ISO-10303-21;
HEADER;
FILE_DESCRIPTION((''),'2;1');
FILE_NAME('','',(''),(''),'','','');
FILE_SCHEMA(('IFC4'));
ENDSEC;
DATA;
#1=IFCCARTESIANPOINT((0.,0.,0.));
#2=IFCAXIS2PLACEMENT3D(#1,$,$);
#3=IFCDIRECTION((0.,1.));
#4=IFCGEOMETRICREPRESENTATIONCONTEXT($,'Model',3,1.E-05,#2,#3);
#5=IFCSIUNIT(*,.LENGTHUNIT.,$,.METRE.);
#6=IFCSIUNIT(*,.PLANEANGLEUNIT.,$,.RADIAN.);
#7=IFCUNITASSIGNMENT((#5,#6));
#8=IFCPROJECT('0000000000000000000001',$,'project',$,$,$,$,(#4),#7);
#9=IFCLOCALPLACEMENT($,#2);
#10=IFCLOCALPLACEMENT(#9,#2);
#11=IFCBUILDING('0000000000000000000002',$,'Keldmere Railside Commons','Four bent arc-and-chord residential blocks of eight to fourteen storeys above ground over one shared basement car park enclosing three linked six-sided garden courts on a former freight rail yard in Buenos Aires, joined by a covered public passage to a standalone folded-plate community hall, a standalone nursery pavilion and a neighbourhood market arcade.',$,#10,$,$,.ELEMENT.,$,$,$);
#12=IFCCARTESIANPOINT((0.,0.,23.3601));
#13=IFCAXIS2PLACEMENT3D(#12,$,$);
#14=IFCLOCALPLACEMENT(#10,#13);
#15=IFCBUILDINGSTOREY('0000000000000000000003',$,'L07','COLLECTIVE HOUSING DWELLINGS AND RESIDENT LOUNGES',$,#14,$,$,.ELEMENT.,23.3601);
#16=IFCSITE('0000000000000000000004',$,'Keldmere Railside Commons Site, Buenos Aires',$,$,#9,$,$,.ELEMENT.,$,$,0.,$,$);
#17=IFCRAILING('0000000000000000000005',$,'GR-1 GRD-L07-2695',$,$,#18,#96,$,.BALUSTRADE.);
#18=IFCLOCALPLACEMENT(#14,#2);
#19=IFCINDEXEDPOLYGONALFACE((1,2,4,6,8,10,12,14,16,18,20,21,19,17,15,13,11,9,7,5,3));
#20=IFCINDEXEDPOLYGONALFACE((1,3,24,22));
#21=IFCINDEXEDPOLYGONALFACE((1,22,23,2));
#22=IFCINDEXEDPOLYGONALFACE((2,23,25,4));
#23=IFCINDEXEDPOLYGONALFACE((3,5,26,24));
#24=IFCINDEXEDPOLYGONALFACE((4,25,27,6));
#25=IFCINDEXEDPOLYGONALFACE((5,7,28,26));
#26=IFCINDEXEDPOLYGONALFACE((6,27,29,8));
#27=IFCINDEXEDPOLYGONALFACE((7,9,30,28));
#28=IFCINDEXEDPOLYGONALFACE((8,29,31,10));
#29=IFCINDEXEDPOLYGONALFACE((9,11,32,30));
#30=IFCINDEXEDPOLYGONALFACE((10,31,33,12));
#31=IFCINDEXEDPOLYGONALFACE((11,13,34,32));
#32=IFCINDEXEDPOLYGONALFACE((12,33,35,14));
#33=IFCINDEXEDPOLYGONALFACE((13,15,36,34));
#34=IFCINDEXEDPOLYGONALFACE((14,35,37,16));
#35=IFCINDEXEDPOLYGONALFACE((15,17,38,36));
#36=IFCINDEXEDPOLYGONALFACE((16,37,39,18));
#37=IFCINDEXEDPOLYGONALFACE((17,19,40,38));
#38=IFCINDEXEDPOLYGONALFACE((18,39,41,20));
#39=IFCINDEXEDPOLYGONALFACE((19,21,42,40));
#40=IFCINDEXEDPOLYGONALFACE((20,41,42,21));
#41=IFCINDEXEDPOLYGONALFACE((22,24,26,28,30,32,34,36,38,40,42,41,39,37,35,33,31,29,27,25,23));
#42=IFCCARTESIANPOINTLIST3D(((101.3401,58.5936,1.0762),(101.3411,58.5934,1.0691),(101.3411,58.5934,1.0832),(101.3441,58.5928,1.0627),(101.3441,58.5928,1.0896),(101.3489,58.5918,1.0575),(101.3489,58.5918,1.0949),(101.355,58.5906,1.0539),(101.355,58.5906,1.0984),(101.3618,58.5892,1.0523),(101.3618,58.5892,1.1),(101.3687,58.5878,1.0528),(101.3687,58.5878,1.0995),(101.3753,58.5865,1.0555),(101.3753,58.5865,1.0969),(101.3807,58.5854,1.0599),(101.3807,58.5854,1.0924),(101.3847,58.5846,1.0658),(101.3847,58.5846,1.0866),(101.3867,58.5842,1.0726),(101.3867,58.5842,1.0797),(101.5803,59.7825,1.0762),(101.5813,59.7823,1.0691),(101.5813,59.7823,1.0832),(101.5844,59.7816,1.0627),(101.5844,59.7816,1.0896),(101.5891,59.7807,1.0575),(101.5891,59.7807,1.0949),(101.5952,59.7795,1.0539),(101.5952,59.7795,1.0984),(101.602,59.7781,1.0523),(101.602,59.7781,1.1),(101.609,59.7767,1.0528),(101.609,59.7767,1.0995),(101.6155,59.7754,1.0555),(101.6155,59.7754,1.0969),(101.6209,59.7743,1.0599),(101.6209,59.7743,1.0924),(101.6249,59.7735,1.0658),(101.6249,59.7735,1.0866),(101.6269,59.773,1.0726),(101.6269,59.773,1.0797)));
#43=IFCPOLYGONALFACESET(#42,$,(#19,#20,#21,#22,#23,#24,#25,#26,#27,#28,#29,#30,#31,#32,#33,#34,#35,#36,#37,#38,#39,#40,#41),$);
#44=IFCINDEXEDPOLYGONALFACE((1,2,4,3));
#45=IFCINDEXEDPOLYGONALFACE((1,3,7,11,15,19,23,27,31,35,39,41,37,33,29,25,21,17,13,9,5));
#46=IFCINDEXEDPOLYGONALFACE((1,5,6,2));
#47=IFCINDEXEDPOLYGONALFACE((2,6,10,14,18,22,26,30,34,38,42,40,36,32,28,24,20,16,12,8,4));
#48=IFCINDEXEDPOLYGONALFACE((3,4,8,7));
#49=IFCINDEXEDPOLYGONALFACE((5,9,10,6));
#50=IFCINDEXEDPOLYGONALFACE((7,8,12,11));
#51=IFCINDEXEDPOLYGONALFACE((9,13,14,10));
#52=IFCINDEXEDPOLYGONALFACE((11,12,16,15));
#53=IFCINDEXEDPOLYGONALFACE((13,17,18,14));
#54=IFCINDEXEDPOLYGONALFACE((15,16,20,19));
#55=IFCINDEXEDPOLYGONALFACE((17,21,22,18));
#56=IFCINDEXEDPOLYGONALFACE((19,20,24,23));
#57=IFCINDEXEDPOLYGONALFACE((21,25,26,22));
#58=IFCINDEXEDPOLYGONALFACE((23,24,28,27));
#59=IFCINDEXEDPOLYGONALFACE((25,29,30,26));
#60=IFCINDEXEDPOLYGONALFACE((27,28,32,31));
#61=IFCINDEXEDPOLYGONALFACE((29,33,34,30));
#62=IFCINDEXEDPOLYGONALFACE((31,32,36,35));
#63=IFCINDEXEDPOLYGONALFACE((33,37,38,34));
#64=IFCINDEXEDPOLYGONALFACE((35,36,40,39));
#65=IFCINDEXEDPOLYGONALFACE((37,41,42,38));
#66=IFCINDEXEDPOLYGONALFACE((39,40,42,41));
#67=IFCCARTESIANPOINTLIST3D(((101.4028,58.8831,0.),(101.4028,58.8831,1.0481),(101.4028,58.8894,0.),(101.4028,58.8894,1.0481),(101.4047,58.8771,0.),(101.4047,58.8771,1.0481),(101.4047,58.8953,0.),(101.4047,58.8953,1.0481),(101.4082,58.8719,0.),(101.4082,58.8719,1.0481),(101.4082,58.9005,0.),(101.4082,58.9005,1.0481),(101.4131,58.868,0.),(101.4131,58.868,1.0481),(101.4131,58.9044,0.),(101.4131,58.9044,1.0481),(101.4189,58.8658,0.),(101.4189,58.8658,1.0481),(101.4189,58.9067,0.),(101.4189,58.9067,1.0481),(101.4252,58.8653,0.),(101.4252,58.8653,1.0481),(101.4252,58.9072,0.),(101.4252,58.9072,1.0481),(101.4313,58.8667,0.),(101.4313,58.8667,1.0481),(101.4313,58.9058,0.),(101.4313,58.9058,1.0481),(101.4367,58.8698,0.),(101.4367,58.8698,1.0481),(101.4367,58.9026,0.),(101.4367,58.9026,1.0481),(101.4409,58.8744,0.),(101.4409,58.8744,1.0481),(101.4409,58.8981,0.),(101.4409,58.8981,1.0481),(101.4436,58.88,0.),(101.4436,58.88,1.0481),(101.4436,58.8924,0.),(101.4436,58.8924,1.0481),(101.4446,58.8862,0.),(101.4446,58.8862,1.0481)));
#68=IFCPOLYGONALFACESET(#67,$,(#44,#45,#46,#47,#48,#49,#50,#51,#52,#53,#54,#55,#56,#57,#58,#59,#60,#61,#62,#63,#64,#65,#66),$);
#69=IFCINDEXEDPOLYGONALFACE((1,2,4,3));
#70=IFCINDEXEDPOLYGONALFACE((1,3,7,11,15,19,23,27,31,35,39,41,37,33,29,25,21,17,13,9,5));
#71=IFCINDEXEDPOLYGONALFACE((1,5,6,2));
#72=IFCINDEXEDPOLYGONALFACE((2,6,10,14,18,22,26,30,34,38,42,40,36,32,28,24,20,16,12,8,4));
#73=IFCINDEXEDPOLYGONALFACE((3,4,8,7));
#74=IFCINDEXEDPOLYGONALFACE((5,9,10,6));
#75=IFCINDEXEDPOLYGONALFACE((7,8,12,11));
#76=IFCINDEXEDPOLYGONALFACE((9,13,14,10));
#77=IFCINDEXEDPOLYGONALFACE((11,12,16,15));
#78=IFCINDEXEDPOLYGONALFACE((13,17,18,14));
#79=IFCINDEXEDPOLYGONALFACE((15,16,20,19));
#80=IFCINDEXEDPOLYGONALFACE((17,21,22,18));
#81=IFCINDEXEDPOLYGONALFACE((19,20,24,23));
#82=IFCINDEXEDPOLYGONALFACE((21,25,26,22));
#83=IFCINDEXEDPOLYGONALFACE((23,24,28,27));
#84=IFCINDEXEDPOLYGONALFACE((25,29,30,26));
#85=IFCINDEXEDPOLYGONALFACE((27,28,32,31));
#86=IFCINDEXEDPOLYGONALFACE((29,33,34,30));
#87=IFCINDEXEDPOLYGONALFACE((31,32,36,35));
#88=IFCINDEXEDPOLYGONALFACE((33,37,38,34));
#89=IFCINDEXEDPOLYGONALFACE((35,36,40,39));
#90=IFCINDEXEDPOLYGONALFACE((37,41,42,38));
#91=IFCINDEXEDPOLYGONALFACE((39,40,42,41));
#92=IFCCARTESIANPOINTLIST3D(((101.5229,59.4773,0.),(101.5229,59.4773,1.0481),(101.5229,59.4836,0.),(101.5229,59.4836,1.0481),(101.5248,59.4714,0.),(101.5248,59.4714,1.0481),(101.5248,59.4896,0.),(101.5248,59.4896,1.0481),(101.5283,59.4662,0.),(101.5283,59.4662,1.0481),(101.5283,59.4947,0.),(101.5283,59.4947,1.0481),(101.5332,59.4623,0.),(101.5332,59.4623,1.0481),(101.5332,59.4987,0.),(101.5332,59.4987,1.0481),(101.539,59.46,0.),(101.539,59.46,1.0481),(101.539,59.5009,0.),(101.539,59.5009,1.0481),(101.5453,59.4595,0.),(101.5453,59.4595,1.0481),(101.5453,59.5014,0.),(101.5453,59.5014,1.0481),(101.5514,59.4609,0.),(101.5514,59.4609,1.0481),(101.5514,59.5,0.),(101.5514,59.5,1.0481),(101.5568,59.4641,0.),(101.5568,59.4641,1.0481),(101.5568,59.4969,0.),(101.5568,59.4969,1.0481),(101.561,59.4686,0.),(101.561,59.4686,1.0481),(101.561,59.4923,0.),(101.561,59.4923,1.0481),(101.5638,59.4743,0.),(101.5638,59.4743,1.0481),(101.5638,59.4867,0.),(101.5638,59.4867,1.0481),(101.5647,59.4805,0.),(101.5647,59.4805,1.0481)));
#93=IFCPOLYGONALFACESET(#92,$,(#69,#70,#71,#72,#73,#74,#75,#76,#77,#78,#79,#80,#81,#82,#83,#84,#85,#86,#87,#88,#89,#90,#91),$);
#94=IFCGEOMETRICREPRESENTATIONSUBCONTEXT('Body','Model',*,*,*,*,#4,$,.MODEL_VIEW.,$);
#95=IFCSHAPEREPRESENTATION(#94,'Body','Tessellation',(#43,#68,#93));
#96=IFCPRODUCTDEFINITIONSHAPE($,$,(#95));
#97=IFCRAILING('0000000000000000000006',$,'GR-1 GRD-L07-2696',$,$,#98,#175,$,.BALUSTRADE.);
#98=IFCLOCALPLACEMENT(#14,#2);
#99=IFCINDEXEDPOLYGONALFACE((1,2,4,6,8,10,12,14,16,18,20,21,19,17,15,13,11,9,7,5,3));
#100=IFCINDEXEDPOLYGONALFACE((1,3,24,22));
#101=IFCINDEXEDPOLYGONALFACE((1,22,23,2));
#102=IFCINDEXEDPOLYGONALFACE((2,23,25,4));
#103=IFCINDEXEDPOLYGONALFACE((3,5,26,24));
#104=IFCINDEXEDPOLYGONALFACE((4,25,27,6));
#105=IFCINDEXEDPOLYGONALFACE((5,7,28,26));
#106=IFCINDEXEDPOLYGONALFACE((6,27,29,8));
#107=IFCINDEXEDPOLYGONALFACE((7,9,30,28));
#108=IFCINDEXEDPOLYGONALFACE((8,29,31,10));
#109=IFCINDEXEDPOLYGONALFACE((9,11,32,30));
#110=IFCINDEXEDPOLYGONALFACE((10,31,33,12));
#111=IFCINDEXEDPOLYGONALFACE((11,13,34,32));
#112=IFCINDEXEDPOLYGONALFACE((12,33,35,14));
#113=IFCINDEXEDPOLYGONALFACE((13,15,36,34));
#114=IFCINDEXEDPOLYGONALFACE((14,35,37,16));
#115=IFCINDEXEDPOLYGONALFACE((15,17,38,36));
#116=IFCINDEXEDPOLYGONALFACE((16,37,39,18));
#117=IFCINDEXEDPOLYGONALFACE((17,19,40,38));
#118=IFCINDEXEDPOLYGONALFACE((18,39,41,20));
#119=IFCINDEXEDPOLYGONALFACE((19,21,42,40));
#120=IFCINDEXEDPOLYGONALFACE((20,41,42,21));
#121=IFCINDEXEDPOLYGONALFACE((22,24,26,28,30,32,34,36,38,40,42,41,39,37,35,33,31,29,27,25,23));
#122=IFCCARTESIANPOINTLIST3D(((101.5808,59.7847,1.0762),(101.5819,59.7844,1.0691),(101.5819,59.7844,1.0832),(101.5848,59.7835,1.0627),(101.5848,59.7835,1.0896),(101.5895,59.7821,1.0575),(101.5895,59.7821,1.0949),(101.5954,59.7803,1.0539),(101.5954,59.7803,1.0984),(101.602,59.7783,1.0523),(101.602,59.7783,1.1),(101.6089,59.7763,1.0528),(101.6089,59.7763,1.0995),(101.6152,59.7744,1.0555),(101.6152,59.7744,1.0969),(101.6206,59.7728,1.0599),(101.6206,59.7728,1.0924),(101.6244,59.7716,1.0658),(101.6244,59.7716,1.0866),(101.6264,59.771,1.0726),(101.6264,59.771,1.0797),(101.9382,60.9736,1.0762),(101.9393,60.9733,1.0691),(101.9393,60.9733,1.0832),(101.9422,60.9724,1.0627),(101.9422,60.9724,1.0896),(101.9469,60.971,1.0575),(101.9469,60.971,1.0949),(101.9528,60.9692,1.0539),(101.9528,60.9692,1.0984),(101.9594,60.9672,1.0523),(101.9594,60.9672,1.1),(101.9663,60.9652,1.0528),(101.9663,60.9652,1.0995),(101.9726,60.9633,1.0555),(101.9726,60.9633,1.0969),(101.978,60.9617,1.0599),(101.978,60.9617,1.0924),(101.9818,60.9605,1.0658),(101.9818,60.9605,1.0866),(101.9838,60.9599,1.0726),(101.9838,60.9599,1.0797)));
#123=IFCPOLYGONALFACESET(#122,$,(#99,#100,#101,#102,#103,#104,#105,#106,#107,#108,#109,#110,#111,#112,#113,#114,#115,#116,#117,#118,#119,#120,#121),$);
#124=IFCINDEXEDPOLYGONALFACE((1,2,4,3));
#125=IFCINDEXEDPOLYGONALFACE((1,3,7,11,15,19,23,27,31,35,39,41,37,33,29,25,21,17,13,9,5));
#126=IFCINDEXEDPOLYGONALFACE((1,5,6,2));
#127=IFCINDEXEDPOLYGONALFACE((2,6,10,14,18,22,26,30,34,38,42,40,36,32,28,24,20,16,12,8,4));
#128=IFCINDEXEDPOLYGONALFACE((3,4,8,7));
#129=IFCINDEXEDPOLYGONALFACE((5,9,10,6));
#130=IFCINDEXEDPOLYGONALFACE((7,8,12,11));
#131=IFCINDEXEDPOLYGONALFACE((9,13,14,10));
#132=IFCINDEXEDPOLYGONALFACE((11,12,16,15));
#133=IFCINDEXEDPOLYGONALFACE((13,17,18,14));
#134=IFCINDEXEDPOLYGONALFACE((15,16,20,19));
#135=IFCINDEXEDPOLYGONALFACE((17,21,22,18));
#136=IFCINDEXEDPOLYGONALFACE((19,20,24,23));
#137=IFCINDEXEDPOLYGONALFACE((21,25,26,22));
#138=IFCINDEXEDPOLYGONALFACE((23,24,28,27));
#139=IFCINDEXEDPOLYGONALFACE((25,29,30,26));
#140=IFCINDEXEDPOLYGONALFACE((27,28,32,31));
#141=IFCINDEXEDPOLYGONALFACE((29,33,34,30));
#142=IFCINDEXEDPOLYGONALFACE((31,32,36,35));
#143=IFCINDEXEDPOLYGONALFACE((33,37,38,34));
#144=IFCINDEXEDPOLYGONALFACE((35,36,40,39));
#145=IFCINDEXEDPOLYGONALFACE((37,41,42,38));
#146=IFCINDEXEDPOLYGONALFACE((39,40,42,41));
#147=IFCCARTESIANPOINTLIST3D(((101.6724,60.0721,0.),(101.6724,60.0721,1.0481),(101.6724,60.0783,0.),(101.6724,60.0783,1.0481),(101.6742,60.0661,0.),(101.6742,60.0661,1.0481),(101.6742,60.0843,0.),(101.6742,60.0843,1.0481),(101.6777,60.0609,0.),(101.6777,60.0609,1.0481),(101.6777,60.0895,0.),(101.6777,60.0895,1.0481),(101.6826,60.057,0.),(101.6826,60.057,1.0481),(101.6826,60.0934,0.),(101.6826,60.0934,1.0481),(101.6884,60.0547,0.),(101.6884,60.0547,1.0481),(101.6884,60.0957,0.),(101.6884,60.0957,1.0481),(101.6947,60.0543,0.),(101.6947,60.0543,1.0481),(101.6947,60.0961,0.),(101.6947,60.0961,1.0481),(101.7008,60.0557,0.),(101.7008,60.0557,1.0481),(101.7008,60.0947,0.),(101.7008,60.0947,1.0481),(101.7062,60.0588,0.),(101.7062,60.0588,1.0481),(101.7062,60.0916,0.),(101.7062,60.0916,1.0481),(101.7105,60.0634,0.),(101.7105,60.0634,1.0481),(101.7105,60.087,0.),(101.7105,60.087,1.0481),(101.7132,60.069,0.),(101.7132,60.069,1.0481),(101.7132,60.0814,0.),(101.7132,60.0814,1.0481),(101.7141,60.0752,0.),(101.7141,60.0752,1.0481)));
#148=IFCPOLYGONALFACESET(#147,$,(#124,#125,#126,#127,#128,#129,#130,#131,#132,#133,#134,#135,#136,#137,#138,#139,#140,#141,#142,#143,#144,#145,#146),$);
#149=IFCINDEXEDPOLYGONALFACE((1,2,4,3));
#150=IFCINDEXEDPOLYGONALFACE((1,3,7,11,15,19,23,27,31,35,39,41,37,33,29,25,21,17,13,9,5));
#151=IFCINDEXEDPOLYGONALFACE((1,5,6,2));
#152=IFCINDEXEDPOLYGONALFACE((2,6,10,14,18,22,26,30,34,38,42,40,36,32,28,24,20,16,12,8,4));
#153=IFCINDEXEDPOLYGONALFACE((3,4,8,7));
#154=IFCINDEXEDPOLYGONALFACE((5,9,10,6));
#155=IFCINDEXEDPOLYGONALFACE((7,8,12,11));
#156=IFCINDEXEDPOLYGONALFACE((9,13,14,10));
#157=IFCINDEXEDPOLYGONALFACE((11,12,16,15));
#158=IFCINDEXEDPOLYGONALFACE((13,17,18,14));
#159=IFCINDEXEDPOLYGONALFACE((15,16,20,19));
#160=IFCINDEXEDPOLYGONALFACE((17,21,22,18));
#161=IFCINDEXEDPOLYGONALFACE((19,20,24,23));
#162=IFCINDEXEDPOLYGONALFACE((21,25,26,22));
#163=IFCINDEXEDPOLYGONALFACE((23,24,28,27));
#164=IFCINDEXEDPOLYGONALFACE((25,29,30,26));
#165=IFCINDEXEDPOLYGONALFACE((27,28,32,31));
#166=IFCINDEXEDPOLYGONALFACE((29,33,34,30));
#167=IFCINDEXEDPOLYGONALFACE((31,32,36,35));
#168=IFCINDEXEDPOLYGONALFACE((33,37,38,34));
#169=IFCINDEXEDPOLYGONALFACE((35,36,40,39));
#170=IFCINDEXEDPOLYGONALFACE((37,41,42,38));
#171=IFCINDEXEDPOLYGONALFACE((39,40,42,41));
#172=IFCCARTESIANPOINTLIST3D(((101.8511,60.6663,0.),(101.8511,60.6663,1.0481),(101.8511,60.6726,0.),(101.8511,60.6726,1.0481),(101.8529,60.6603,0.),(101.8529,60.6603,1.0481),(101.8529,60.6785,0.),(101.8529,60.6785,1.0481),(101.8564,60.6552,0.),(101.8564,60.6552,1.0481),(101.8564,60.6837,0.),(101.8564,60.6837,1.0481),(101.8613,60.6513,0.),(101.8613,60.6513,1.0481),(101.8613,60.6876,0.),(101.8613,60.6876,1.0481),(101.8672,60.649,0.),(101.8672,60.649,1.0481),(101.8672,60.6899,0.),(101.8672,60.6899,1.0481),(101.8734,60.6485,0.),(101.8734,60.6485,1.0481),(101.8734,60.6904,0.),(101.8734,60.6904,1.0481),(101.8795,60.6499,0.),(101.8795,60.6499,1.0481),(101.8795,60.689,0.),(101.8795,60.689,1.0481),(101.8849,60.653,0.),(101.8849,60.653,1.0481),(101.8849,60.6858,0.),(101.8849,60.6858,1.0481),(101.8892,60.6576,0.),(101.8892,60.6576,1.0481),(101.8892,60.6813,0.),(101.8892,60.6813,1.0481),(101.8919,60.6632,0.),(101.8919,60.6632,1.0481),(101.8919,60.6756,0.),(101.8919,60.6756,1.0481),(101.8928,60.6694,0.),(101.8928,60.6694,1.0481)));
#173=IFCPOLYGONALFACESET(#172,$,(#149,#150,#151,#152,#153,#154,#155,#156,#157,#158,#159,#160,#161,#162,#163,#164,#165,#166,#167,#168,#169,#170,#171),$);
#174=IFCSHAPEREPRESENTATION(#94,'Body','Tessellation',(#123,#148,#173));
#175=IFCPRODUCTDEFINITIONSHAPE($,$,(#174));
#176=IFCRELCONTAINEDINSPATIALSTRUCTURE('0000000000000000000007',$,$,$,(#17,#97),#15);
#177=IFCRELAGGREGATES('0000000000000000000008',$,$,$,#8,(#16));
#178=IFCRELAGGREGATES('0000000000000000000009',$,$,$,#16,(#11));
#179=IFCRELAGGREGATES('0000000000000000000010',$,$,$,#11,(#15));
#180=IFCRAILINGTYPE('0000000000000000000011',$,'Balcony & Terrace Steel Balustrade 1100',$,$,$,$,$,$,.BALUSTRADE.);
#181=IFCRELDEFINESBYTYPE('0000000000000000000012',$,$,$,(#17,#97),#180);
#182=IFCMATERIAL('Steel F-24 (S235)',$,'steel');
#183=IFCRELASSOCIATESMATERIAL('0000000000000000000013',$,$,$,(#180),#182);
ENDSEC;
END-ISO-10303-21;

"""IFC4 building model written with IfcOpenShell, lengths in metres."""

from ifc_helpers import new_model, si_unit, direction, frame, origin, origin_2d, place, context, subcontext, project, spatial, circle, extrude, material, type_object, element, save


model = new_model("IFC4")

# Units and contexts
model_context = context("Model", 3, precision=1e-05, world=origin(), true_north=direction((0.0, 1.0)))
body_context = subcontext(model_context, "Body", "Model", "MODEL_VIEW")
ifc_project = project(units=[si_unit("LENGTHUNIT", "METRE"), si_unit("PLANEANGLEUNIT", "RADIAN")], contexts=[model_context])

# Site, building, storey
site_placement = place(None, origin())
site = spatial("IfcSite", under=ifc_project, at=site_placement, Name="Keldmere Railside Commons Site, Buenos Aires", CompositionType="ELEMENT", RefElevation=0.0)
building_placement = place(site_placement, origin())
building = spatial("IfcBuilding", under=site, at=building_placement, Name="Keldmere Railside Commons", Description="Four bent arc-and-chord residential blocks of eight to fourteen storeys above ground over one shared basement car park enclosing three linked six-sided garden courts on a former freight rail yard in Buenos Aires, joined by a covered public passage to a standalone folded-plate community hall, a standalone nursery pavilion and a neighbourhood market arcade.", CompositionType="ELEMENT")
storey_placement = place(building_placement, frame((0.0, 0.0, 23.3601)))
storey = spatial("IfcBuildingStorey", under=building, at=storey_placement, Name="L07", Description="COLLECTIVE HOUSING DWELLINGS AND RESIDENT LOUNGES", CompositionType="ELEMENT", Elevation=23.3601)

# Railings
ifc_material_1 = material(Name="Steel F-24 (S235)", Category="steel")
railing_type = type_object("IfcRailingType", Name="Balcony & Terrace Steel Balustrade 1100", PredefinedType="BALUSTRADE", material=ifc_material_1)
railing_1_placement = place(storey_placement, frame((101.3635, 58.5889, 0.0)))
element("IfcRailing", 1, at=railing_1_placement, inside=storey, type_object=railing_type, Name="GR-1 GRD-L07-2695", PredefinedType="BALUSTRADE", context=body_context, shape_type="SweptSolid", body=[
    extrude(circle(Radius=0.0239, at=origin_2d()), frame((0.0, 0.0, 1.0762), z_axis=(0.198051, 0.980192, 0.0), x_axis=(-0.980192, 0.198051, 0.0)), (0.0, 0.0, 1.0), 1.2129),
    extrude(circle(Radius=0.021, at=origin_2d()), frame((0.0601, 0.2974, 0.0)), (0.0, 0.0, 1.0), 1.0481),
    extrude(circle(Radius=0.021, at=origin_2d()), frame((0.1802, 0.8916, 0.0)), (0.0, 0.0, 1.0), 1.0481),
])
railing_2_placement = place(storey_placement, frame((101.6038, 59.7778, 0.0)))
element("IfcRailing", 2, at=railing_2_placement, inside=storey, type_object=railing_type, Name="GR-1 GRD-L07-2696", PredefinedType="BALUSTRADE", context=body_context, shape_type="SweptSolid", body=[
    extrude(circle(Radius=0.0239, at=origin_2d()), frame((0.0, 0.0, 1.0762), z_axis=(0.287889, 0.957664, 0.0), x_axis=(-0.957664, 0.287889, 0.0)), (0.0, 0.0, 1.0), 1.2415),
    extrude(circle(Radius=0.021, at=origin_2d()), frame((0.0894, 0.2974, 0.0)), (0.0, 0.0, 1.0), 1.0481),
    extrude(circle(Radius=0.021, at=origin_2d()), frame((0.2681, 0.8916, 0.0)), (0.0, 0.0, 1.0), 1.0481),
])

save(model, "model.ifc")
